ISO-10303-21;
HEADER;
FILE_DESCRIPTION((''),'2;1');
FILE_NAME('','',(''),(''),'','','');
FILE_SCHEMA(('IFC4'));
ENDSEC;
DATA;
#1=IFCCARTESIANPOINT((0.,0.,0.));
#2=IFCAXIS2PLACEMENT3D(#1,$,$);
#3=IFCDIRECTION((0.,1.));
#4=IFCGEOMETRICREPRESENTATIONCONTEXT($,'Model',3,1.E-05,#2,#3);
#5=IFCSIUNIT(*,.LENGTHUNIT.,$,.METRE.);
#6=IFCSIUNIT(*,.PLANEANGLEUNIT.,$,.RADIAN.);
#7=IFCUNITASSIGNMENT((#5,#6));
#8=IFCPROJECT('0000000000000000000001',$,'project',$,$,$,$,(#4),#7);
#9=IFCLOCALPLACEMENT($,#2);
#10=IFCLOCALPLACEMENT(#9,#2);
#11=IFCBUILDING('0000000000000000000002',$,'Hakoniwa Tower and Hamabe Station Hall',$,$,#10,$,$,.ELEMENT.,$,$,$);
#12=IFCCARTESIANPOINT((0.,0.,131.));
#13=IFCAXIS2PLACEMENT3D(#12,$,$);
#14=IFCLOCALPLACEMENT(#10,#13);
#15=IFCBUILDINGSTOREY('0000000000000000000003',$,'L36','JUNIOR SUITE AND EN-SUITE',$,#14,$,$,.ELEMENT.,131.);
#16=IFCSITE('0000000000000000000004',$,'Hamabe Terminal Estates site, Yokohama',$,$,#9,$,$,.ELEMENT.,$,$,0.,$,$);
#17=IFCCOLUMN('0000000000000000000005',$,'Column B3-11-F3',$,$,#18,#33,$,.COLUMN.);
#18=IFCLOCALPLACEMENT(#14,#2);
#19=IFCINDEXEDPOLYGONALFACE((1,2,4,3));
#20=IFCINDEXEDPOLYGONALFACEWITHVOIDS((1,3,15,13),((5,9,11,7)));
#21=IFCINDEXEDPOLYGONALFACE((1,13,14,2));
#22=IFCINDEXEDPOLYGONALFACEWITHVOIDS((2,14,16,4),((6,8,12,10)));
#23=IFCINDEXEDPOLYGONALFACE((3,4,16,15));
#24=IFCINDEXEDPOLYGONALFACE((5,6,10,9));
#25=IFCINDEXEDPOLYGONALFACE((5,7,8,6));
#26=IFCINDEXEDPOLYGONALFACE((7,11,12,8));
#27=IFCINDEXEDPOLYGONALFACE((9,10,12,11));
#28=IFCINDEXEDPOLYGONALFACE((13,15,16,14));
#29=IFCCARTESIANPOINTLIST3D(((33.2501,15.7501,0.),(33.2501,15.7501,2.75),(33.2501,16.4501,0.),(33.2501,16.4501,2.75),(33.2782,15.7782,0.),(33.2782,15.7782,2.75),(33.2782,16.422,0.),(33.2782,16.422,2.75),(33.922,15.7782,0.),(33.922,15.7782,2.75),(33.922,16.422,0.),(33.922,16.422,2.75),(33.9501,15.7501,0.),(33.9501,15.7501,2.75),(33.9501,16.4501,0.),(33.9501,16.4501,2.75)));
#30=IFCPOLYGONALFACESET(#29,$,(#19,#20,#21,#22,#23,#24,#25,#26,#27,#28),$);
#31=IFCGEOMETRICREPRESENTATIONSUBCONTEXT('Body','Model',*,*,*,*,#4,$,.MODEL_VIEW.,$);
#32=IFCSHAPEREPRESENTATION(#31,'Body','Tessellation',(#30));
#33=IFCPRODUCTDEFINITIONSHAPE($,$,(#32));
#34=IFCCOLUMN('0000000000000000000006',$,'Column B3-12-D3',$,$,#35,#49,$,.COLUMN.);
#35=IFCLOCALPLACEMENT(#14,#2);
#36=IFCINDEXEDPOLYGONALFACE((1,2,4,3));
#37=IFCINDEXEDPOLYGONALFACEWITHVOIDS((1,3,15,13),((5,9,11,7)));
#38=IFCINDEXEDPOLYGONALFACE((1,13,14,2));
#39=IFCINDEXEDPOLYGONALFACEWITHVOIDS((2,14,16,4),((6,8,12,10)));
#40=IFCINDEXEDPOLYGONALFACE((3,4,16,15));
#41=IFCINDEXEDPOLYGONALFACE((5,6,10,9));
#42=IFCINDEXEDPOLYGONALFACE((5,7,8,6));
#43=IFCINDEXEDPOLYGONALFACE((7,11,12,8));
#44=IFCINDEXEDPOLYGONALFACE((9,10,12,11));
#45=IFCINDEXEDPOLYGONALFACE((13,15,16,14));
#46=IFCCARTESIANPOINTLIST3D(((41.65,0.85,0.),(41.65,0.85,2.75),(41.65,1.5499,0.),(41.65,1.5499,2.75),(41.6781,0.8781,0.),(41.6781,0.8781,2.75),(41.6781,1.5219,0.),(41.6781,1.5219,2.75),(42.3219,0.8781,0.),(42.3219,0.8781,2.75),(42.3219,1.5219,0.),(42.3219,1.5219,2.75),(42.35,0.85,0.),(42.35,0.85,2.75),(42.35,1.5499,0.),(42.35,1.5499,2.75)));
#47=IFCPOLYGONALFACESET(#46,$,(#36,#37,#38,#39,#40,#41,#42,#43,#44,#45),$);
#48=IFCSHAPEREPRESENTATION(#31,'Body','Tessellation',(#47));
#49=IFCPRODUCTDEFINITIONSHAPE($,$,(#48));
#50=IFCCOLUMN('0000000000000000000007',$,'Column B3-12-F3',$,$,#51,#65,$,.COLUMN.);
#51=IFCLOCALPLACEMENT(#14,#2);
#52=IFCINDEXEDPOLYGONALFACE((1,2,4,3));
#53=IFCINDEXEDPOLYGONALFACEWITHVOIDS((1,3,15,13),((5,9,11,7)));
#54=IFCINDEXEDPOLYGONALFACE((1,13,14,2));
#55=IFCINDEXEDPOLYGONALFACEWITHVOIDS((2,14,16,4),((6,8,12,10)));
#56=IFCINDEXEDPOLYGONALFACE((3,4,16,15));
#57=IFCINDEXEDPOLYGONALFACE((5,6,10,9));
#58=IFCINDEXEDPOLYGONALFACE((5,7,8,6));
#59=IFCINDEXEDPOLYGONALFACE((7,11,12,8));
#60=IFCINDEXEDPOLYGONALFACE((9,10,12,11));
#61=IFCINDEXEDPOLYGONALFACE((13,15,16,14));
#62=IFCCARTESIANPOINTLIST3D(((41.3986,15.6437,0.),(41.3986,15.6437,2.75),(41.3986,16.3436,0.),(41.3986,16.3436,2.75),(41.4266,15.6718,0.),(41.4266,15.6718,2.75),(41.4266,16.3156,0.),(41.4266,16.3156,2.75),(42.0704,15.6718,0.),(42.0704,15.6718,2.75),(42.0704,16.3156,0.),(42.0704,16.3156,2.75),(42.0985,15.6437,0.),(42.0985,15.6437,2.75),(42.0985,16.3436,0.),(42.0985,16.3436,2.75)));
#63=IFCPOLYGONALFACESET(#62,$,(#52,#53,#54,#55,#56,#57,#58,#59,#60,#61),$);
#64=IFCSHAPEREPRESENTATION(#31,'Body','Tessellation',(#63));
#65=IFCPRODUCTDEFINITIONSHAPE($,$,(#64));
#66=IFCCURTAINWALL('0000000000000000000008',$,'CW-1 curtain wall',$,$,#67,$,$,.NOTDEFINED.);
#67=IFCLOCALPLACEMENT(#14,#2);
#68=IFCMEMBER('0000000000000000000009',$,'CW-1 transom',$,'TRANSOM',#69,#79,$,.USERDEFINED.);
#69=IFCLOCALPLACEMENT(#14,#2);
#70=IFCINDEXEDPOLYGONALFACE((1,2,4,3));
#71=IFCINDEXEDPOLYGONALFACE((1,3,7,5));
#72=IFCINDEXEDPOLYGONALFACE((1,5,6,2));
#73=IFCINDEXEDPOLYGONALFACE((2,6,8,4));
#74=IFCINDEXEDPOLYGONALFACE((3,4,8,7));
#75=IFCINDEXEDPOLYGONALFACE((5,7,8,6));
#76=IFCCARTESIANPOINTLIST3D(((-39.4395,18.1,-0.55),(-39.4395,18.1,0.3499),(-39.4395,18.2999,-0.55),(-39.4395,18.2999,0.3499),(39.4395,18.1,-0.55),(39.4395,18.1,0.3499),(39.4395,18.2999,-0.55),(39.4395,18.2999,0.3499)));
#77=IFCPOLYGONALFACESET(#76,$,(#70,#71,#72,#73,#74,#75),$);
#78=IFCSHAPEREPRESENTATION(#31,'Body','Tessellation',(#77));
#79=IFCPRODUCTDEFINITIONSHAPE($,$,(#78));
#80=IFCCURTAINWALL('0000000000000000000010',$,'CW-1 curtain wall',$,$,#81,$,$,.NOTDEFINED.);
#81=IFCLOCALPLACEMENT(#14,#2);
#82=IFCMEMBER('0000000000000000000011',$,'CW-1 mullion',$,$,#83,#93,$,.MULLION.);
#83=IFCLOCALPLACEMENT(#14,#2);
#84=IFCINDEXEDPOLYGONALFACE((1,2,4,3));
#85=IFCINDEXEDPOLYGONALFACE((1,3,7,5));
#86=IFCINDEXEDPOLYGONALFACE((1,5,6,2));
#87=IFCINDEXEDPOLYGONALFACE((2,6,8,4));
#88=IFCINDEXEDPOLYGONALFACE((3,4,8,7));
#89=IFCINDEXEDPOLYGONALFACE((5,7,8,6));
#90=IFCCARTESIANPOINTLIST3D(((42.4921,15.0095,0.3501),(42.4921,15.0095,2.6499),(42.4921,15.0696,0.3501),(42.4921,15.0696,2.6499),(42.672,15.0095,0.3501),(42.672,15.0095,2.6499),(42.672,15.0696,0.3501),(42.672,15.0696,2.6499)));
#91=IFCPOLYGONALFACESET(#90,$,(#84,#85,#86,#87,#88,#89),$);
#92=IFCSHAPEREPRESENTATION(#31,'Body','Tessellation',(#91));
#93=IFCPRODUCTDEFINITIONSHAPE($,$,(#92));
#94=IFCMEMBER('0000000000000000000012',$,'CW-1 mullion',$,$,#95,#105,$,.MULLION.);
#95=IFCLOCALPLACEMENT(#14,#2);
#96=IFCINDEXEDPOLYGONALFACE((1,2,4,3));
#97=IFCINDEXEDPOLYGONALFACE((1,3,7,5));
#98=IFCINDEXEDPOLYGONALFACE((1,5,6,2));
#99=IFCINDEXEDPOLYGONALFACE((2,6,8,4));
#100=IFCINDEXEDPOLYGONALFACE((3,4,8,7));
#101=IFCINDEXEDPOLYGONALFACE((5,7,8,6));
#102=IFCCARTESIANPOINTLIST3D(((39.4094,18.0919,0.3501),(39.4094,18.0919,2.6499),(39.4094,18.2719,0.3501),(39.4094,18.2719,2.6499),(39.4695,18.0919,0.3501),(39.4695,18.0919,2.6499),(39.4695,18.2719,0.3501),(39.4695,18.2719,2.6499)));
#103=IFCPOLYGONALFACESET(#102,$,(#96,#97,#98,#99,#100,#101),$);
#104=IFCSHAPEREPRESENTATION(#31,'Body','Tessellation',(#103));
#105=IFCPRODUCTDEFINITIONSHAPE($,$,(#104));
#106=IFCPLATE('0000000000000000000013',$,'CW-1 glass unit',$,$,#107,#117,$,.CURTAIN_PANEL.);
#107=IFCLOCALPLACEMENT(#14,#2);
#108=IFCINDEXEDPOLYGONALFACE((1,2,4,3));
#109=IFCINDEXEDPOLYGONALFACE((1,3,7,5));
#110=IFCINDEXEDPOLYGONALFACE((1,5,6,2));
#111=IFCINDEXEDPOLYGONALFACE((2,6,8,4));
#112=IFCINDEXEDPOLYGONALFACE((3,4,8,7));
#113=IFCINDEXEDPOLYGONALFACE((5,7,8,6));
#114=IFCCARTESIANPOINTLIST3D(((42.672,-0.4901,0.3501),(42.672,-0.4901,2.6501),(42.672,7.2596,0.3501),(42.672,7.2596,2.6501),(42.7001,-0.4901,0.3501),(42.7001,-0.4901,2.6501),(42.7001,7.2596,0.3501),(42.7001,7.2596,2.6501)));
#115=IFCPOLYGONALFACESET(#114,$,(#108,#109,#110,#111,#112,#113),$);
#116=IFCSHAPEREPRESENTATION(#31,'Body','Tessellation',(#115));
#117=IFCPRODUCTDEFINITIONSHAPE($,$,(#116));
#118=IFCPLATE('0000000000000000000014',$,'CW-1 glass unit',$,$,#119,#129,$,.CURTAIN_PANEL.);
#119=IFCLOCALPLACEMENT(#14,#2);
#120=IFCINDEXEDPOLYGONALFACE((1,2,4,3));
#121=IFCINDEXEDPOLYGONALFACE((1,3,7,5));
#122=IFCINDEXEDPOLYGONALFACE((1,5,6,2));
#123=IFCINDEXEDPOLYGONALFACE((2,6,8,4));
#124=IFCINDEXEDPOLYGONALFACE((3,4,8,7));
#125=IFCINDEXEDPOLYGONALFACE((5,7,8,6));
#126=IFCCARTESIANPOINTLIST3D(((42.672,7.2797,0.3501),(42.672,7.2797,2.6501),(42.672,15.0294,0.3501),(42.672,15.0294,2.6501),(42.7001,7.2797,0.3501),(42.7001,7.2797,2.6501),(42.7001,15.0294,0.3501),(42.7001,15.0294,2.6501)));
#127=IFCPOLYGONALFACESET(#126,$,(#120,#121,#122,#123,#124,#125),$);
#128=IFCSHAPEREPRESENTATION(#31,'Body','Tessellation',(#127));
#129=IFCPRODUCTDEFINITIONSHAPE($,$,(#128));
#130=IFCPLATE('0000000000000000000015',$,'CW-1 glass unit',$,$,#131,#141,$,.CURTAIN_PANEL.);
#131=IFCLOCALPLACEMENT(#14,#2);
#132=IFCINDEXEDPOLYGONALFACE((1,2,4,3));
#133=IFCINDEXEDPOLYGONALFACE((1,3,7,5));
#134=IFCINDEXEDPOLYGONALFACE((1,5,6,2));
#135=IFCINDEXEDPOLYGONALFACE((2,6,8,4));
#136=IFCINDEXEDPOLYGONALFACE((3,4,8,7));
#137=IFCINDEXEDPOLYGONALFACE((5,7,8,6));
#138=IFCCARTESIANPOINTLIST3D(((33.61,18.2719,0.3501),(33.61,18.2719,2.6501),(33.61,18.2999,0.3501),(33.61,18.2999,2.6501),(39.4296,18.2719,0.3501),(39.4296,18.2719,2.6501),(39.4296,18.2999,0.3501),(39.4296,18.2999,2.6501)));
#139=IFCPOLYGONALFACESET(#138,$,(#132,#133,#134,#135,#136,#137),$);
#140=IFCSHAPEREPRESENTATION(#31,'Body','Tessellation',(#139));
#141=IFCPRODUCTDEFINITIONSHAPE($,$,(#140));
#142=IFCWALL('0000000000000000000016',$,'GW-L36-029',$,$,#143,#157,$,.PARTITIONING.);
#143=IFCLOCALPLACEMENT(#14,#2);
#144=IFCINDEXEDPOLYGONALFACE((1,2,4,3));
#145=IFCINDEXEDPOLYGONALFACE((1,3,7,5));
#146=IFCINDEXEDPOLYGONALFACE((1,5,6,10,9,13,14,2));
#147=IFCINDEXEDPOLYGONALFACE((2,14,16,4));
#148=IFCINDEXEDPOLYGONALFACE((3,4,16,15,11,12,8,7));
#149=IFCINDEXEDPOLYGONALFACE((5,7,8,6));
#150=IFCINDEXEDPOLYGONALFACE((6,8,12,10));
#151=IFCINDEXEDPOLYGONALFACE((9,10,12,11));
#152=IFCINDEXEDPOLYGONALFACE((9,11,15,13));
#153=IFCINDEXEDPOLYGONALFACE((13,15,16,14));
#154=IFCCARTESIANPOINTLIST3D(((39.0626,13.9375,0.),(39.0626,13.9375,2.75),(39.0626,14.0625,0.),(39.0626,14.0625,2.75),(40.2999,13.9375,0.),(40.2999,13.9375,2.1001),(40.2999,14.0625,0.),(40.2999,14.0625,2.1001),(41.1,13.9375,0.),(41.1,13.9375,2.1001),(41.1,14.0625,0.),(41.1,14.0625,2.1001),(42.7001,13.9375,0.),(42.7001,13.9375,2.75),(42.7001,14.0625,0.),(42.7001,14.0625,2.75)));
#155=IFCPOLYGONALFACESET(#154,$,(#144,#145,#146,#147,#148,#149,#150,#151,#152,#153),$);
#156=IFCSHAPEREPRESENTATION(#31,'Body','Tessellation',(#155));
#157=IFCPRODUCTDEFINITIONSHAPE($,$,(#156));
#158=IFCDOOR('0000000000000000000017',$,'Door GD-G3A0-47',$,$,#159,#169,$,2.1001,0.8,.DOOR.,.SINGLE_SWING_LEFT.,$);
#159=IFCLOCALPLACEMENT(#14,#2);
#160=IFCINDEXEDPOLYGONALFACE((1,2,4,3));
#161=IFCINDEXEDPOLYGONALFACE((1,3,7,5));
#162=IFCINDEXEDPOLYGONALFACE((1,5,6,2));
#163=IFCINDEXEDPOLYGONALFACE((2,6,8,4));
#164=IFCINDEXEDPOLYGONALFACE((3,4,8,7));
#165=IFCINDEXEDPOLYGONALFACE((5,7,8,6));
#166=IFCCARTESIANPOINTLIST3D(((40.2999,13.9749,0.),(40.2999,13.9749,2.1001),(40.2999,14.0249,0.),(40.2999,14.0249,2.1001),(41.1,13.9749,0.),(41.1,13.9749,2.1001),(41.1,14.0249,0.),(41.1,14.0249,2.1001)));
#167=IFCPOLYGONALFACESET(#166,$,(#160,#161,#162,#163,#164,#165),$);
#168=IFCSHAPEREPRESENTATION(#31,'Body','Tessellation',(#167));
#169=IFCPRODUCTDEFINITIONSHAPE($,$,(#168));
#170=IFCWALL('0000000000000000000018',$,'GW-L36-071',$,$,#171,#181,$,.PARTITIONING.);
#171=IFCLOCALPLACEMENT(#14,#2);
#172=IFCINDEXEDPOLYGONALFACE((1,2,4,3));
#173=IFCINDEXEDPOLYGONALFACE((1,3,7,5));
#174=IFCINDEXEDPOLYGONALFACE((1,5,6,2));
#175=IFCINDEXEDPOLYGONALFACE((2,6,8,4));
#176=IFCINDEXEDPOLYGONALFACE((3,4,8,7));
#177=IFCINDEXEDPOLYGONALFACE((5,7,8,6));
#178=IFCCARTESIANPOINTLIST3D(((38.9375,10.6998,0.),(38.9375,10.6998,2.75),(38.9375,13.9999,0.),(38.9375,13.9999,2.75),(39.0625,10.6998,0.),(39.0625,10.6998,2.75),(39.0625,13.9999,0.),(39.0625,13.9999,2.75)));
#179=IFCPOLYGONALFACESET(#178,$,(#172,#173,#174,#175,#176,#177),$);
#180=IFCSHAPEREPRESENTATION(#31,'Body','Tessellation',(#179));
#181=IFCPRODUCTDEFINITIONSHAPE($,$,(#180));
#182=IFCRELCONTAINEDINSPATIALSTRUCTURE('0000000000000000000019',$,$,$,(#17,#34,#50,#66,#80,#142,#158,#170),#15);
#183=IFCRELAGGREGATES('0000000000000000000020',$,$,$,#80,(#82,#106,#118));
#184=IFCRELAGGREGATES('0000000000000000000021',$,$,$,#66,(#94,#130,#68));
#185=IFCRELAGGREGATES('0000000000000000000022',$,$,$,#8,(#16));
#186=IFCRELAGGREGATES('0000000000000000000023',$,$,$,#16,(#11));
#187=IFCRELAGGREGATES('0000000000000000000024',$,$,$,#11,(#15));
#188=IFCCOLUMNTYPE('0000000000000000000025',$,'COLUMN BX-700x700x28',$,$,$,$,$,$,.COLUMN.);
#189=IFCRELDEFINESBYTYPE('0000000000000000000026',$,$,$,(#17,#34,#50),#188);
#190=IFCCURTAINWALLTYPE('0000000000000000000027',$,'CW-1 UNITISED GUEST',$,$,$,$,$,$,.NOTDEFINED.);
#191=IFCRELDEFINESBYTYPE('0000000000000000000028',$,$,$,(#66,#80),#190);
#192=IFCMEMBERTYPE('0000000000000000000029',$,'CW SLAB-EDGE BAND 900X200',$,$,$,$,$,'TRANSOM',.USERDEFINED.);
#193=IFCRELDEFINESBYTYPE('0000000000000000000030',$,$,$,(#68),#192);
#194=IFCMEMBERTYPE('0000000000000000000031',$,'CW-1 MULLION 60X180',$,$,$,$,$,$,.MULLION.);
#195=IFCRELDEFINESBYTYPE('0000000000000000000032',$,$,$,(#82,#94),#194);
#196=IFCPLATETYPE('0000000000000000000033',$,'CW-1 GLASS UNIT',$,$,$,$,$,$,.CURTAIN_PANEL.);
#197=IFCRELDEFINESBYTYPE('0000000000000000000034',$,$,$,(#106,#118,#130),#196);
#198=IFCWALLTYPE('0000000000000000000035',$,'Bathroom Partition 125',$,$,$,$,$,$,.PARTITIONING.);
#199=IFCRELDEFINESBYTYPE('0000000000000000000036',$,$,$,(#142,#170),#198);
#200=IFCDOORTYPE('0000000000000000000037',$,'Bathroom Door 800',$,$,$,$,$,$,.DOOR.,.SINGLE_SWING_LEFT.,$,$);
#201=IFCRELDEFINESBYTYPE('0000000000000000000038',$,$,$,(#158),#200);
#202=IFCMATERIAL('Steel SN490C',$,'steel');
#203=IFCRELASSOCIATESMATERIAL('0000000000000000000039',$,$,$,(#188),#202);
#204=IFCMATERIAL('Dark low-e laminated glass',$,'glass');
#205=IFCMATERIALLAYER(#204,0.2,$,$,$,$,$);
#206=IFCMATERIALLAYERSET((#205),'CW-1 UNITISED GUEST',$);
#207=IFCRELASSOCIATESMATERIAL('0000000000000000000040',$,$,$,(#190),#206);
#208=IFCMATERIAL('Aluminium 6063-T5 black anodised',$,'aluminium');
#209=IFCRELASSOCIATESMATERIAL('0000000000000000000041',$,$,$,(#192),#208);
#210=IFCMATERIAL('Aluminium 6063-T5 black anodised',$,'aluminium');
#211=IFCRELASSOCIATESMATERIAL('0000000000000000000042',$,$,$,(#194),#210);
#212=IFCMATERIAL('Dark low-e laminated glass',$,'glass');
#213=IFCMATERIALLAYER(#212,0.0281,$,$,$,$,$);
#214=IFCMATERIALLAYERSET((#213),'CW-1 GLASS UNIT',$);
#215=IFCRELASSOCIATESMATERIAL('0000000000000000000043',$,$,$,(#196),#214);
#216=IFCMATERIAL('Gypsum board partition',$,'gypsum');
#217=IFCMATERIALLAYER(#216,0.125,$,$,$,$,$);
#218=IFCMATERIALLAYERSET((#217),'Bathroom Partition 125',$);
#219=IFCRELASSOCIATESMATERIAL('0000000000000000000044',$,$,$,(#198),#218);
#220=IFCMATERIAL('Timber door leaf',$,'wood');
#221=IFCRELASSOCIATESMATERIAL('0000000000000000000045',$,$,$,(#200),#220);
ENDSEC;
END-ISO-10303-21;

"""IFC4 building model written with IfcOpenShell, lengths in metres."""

from ifc_helpers import new_model, si_unit, direction, frame, frame_2d, origin, origin_2d, place, context, subcontext, project, spatial, rectangle, hollow_rectangle, extrude, material, layer, layer_set, material_profile, profile_set, type_object, element, fill, aggregate, save


model = new_model("IFC4")

# Units and contexts
model_context = context("Model", 3, precision=1e-05, world=origin(), true_north=direction((0.0, 1.0)))
body_context = subcontext(model_context, "Body", "Model", "MODEL_VIEW")
ifc_project = project(units=[si_unit("LENGTHUNIT", "METRE"), si_unit("PLANEANGLEUNIT", "RADIAN")], contexts=[model_context])

# Site, building, storey
site_placement = place(None, origin())
site = spatial("IfcSite", under=ifc_project, at=site_placement, Name="Hamabe Terminal Estates site, Yokohama", CompositionType="ELEMENT", RefElevation=0.0)
building_placement = place(site_placement, origin())
building = spatial("IfcBuilding", under=site, at=building_placement, Name="Hakoniwa Tower and Hamabe Station Hall", CompositionType="ELEMENT")
storey_placement = place(building_placement, frame((0.0, 0.0, 131.0)))
storey = spatial("IfcBuildingStorey", under=building, at=storey_placement, Name="L36", Description="JUNIOR SUITE AND EN-SUITE", CompositionType="ELEMENT", Elevation=131.0)

# Columns
ifc_material_1 = material(Name="Steel SN490C", Category="steel")
ifc_material_profile_1 = material_profile(ifc_material_1, hollow_rectangle(XDim=0.7, YDim=0.7, WallThickness=0.0281, at=origin_2d()), Name="BX-700x700x28")
ifc_profile_set_1 = profile_set([ifc_material_profile_1], Name="Steel SN490C")
column_type = type_object("IfcColumnType", Name="COLUMN BX-700x700x28", PredefinedType="COLUMN", material=ifc_profile_set_1)
for number, where, z_axis, x_axis, name in (
    (1, (33.6001, 16.1001, 0.0), (0.0, 0.0, 1.0), (1.0, 0.0, 0.0), "Column B3-11-F3"),
    (2, (42.0, 1.2, 0.0), (0.0, 0.0, 1.0), (1.0, 0.0, 0.0), "Column B3-12-D3"),
    (3, (41.7485, 15.9937, 0.0), (0.0, 0.0, 1.0), (1.0, 0.0, 0.0), "Column B3-12-F3"),
):
    element("IfcColumn", number, at=place(storey_placement, frame(where, z_axis=z_axis, x_axis=x_axis)), inside=storey, type_object=column_type, Name=name, PredefinedType="COLUMN", context=body_context, shape_type="SweptSolid", body=[
        extrude(hollow_rectangle(XDim=0.7, YDim=0.7, WallThickness=0.0281, at=origin_2d()), origin(), (0.0, 0.0, 1.0), 2.75),
    ])

# Curtain walls, members
ifc_material_2 = material(Name="Dark low-e laminated glass", Category="glass")
ifc_layer_1 = layer(ifc_material_2, 0.2)
ifc_layer_set_1 = layer_set([ifc_layer_1], Name="CW-1 UNITISED GUEST")
curtain_wall_type = type_object("IfcCurtainWallType", Name="CW-1 UNITISED GUEST", PredefinedType="NOTDEFINED", material=ifc_layer_set_1)
curtain_wall_1_placement = place(storey_placement, origin())
curtain_wall_1 = element("IfcCurtainWall", 4, at=curtain_wall_1_placement, inside=storey, type_object=curtain_wall_type, Name="CW-1 curtain wall", PredefinedType="NOTDEFINED")
ifc_material_3 = material(Name="Aluminium 6063-T5 black anodised", Category="aluminium")
ifc_material_profile_2 = material_profile(ifc_material_3, rectangle(XDim=0.2, YDim=0.8999, at=origin_2d()), Name="CW SLAB-EDGE BAND 900X200")
ifc_profile_set_2 = profile_set([ifc_material_profile_2], Name="Aluminium 6063-T5 black anodised")
member_type_1 = type_object("IfcMemberType", Name="CW SLAB-EDGE BAND 900X200", ElementType="TRANSOM", PredefinedType="USERDEFINED", material=ifc_profile_set_2)
member_1_placement = place(storey_placement, frame((39.4395, 18.2, -0.1001), z_axis=(-1.0, 0.0, 0.0), x_axis=(0.0, -1.0, 0.0)))
member_1 = element("IfcMember", 5, at=member_1_placement, type_object=member_type_1, Name="CW-1 transom", ObjectType="TRANSOM", PredefinedType="USERDEFINED", context=body_context, shape_type="SweptSolid", body=[
    extrude(rectangle(XDim=0.2, YDim=0.8999, at=origin_2d()), origin(), (0.0, 0.0, 1.0), 78.8789),
])
curtain_wall_2_placement = place(storey_placement, origin())
curtain_wall_2 = element("IfcCurtainWall", 6, at=curtain_wall_2_placement, inside=storey, type_object=curtain_wall_type, Name="CW-1 curtain wall", PredefinedType="NOTDEFINED")
ifc_material_4 = material(Name="Aluminium 6063-T5 black anodised", Category="aluminium")
ifc_material_profile_3 = material_profile(ifc_material_4, rectangle(XDim=0.0601, YDim=0.1799, at=origin_2d()), Name="CW-1 MULLION 60X180")
ifc_profile_set_3 = profile_set([ifc_material_profile_3], Name="Aluminium 6063-T5 black anodised")
member_type_2 = type_object("IfcMemberType", Name="CW-1 MULLION 60X180", PredefinedType="MULLION", material=ifc_profile_set_3)
member_2_placement = place(storey_placement, frame((42.582, 15.0396, 0.3501), z_axis=(0.0, 0.0, 1.0), x_axis=(0.0, 1.0, 0.0)))
member_2 = element("IfcMember", 7, at=member_2_placement, type_object=member_type_2, Name="CW-1 mullion", PredefinedType="MULLION", context=body_context, shape_type="SweptSolid", body=[
    extrude(rectangle(XDim=0.0601, YDim=0.1799, at=origin_2d()), origin(), (0.0, 0.0, 1.0), 2.2998),
])

# Member
member_3_placement = place(storey_placement, frame((39.4395, 18.1819, 0.3501), z_axis=(0.0, 0.0, 1.0), x_axis=(-1.0, 0.0, 0.0)))
member_3 = element("IfcMember", 8, at=member_3_placement, type_object=member_type_2, Name="CW-1 mullion", PredefinedType="MULLION", context=body_context, shape_type="SweptSolid", body=[
    extrude(rectangle(XDim=0.0601, YDim=0.1799, at=origin_2d()), origin(), (0.0, 0.0, 1.0), 2.2998),
])

# Plates
ifc_material_5 = material(Name="Dark low-e laminated glass", Category="glass")
ifc_layer_2 = layer(ifc_material_5, 0.0281)
ifc_layer_set_2 = layer_set([ifc_layer_2], Name="CW-1 GLASS UNIT")
plate_type = type_object("IfcPlateType", Name="CW-1 GLASS UNIT", PredefinedType="CURTAIN_PANEL", material=ifc_layer_set_2)
plate_1_placement = place(storey_placement, frame((42.686, 3.3848, 0.3501), z_axis=(0.0, 0.0, 1.0), x_axis=(0.0, 1.0, 0.0)))
plate_1 = element("IfcPlate", 9, at=plate_1_placement, type_object=plate_type, Name="CW-1 glass unit", PredefinedType="CURTAIN_PANEL", context=body_context, shape_type="SweptSolid", body=[
    extrude(rectangle(XDim=7.7498, YDim=0.0281, at=origin_2d()), origin(), (0.0, 0.0, 1.0), 2.3),
])
plate_2_placement = place(storey_placement, frame((42.686, 11.1545, 0.3501), z_axis=(0.0, 0.0, 1.0), x_axis=(0.0, 1.0, 0.0)))
plate_2 = element("IfcPlate", 10, at=plate_2_placement, type_object=plate_type, Name="CW-1 glass unit", PredefinedType="CURTAIN_PANEL", context=body_context, shape_type="SweptSolid", body=[
    extrude(rectangle(XDim=7.7498, YDim=0.0281, at=origin_2d()), origin(), (0.0, 0.0, 1.0), 2.3),
])
aggregate(curtain_wall_2, [member_2, plate_1, plate_2])
plate_3_placement = place(storey_placement, frame((36.5198, 18.2859, 0.3501), z_axis=(0.0, 0.0, 1.0), x_axis=(-1.0, 0.0, 0.0)))
plate_3 = element("IfcPlate", 11, at=plate_3_placement, type_object=plate_type, Name="CW-1 glass unit", PredefinedType="CURTAIN_PANEL", context=body_context, shape_type="SweptSolid", body=[
    extrude(rectangle(XDim=5.8196, YDim=0.0281, at=origin_2d()), origin(), (0.0, 0.0, 1.0), 2.3),
])
aggregate(curtain_wall_1, [member_3, plate_3, member_1])

# Wall, opening, door
ifc_material_6 = material(Name="Gypsum board partition", Category="gypsum")
ifc_layer_3 = layer(ifc_material_6, 0.125)
ifc_layer_set_3 = layer_set([ifc_layer_3], Name="Bathroom Partition 125")
wall_type_1 = type_object("IfcWallType", Name="Bathroom Partition 125", PredefinedType="PARTITIONING", material=ifc_layer_set_3)
wall_1_placement = place(storey_placement, frame((39.0625, 14.0, 0.0), z_axis=(0.0, 0.0, 1.0), x_axis=(1.0, 0.0, 0.0)))
wall_1 = element("IfcWall", 12, at=wall_1_placement, inside=storey, type_object=wall_type_1, Name="GW-L36-029", PredefinedType="PARTITIONING", context=body_context, shape_type="SweptSolid", body=[
    extrude(rectangle(XDim=3.6375, YDim=0.125, at=frame_2d((1.8188, 0.0))), origin(), (0.0, 0.0, 1.0), 2.75),
])
opening_1_placement = place(wall_1_placement, frame((1.2375, 0.0, 0.0)))
opening_1 = element("IfcOpeningElement", 13, at=opening_1_placement, cuts=wall_1, PredefinedType="OPENING", context=body_context, shape_type="SweptSolid", body=[
    extrude(rectangle(XDim=0.8, YDim=2.1001, at=frame_2d((0.3999, 1.05))), frame((0.0, 0.0725, 0.0), z_axis=(0.0, -1.0, 0.0), x_axis=(1.0, 0.0, 0.0)), (0.0, 0.0, 1.0), 0.145),
])
ifc_material_7 = material(Name="Timber door leaf", Category="wood")
door_type_1 = type_object("IfcDoorType", Name="Bathroom Door 800", OperationType="SINGLE_SWING_LEFT", PredefinedType="DOOR", material=ifc_material_7)
door_1_placement = place(opening_1_placement, origin())
door_1 = element("IfcDoor", 14, at=door_1_placement, inside=storey, type_object=door_type_1, Name="Door GD-G3A0-47", OperationType="SINGLE_SWING_LEFT", OverallHeight=2.1001, OverallWidth=0.8, PredefinedType="DOOR", context=body_context, shape_type="SweptSolid", body=[
    extrude(rectangle(XDim=0.8, YDim=2.1001, at=frame_2d((0.3999, 1.05))), frame((0.0, 0.0249, 0.0), z_axis=(0.0, -1.0, 0.0), x_axis=(1.0, 0.0, 0.0)), (0.0, 0.0, 1.0), 0.05),
])
fill(opening_1, door_1)

# Wall
wall_2_placement = place(storey_placement, frame((39.0, 10.7, 0.0), z_axis=(0.0, 0.0, 1.0), x_axis=(0.0, 1.0, 0.0)))
element("IfcWall", 15, at=wall_2_placement, inside=storey, type_object=wall_type_1, Name="GW-L36-071", PredefinedType="PARTITIONING", context=body_context, shape_type="SweptSolid", body=[
    extrude(rectangle(XDim=3.3, YDim=0.125, at=frame_2d((1.6499, 0.0))), origin(), (0.0, 0.0, 1.0), 2.75),
])

save(model, "model.ifc")
